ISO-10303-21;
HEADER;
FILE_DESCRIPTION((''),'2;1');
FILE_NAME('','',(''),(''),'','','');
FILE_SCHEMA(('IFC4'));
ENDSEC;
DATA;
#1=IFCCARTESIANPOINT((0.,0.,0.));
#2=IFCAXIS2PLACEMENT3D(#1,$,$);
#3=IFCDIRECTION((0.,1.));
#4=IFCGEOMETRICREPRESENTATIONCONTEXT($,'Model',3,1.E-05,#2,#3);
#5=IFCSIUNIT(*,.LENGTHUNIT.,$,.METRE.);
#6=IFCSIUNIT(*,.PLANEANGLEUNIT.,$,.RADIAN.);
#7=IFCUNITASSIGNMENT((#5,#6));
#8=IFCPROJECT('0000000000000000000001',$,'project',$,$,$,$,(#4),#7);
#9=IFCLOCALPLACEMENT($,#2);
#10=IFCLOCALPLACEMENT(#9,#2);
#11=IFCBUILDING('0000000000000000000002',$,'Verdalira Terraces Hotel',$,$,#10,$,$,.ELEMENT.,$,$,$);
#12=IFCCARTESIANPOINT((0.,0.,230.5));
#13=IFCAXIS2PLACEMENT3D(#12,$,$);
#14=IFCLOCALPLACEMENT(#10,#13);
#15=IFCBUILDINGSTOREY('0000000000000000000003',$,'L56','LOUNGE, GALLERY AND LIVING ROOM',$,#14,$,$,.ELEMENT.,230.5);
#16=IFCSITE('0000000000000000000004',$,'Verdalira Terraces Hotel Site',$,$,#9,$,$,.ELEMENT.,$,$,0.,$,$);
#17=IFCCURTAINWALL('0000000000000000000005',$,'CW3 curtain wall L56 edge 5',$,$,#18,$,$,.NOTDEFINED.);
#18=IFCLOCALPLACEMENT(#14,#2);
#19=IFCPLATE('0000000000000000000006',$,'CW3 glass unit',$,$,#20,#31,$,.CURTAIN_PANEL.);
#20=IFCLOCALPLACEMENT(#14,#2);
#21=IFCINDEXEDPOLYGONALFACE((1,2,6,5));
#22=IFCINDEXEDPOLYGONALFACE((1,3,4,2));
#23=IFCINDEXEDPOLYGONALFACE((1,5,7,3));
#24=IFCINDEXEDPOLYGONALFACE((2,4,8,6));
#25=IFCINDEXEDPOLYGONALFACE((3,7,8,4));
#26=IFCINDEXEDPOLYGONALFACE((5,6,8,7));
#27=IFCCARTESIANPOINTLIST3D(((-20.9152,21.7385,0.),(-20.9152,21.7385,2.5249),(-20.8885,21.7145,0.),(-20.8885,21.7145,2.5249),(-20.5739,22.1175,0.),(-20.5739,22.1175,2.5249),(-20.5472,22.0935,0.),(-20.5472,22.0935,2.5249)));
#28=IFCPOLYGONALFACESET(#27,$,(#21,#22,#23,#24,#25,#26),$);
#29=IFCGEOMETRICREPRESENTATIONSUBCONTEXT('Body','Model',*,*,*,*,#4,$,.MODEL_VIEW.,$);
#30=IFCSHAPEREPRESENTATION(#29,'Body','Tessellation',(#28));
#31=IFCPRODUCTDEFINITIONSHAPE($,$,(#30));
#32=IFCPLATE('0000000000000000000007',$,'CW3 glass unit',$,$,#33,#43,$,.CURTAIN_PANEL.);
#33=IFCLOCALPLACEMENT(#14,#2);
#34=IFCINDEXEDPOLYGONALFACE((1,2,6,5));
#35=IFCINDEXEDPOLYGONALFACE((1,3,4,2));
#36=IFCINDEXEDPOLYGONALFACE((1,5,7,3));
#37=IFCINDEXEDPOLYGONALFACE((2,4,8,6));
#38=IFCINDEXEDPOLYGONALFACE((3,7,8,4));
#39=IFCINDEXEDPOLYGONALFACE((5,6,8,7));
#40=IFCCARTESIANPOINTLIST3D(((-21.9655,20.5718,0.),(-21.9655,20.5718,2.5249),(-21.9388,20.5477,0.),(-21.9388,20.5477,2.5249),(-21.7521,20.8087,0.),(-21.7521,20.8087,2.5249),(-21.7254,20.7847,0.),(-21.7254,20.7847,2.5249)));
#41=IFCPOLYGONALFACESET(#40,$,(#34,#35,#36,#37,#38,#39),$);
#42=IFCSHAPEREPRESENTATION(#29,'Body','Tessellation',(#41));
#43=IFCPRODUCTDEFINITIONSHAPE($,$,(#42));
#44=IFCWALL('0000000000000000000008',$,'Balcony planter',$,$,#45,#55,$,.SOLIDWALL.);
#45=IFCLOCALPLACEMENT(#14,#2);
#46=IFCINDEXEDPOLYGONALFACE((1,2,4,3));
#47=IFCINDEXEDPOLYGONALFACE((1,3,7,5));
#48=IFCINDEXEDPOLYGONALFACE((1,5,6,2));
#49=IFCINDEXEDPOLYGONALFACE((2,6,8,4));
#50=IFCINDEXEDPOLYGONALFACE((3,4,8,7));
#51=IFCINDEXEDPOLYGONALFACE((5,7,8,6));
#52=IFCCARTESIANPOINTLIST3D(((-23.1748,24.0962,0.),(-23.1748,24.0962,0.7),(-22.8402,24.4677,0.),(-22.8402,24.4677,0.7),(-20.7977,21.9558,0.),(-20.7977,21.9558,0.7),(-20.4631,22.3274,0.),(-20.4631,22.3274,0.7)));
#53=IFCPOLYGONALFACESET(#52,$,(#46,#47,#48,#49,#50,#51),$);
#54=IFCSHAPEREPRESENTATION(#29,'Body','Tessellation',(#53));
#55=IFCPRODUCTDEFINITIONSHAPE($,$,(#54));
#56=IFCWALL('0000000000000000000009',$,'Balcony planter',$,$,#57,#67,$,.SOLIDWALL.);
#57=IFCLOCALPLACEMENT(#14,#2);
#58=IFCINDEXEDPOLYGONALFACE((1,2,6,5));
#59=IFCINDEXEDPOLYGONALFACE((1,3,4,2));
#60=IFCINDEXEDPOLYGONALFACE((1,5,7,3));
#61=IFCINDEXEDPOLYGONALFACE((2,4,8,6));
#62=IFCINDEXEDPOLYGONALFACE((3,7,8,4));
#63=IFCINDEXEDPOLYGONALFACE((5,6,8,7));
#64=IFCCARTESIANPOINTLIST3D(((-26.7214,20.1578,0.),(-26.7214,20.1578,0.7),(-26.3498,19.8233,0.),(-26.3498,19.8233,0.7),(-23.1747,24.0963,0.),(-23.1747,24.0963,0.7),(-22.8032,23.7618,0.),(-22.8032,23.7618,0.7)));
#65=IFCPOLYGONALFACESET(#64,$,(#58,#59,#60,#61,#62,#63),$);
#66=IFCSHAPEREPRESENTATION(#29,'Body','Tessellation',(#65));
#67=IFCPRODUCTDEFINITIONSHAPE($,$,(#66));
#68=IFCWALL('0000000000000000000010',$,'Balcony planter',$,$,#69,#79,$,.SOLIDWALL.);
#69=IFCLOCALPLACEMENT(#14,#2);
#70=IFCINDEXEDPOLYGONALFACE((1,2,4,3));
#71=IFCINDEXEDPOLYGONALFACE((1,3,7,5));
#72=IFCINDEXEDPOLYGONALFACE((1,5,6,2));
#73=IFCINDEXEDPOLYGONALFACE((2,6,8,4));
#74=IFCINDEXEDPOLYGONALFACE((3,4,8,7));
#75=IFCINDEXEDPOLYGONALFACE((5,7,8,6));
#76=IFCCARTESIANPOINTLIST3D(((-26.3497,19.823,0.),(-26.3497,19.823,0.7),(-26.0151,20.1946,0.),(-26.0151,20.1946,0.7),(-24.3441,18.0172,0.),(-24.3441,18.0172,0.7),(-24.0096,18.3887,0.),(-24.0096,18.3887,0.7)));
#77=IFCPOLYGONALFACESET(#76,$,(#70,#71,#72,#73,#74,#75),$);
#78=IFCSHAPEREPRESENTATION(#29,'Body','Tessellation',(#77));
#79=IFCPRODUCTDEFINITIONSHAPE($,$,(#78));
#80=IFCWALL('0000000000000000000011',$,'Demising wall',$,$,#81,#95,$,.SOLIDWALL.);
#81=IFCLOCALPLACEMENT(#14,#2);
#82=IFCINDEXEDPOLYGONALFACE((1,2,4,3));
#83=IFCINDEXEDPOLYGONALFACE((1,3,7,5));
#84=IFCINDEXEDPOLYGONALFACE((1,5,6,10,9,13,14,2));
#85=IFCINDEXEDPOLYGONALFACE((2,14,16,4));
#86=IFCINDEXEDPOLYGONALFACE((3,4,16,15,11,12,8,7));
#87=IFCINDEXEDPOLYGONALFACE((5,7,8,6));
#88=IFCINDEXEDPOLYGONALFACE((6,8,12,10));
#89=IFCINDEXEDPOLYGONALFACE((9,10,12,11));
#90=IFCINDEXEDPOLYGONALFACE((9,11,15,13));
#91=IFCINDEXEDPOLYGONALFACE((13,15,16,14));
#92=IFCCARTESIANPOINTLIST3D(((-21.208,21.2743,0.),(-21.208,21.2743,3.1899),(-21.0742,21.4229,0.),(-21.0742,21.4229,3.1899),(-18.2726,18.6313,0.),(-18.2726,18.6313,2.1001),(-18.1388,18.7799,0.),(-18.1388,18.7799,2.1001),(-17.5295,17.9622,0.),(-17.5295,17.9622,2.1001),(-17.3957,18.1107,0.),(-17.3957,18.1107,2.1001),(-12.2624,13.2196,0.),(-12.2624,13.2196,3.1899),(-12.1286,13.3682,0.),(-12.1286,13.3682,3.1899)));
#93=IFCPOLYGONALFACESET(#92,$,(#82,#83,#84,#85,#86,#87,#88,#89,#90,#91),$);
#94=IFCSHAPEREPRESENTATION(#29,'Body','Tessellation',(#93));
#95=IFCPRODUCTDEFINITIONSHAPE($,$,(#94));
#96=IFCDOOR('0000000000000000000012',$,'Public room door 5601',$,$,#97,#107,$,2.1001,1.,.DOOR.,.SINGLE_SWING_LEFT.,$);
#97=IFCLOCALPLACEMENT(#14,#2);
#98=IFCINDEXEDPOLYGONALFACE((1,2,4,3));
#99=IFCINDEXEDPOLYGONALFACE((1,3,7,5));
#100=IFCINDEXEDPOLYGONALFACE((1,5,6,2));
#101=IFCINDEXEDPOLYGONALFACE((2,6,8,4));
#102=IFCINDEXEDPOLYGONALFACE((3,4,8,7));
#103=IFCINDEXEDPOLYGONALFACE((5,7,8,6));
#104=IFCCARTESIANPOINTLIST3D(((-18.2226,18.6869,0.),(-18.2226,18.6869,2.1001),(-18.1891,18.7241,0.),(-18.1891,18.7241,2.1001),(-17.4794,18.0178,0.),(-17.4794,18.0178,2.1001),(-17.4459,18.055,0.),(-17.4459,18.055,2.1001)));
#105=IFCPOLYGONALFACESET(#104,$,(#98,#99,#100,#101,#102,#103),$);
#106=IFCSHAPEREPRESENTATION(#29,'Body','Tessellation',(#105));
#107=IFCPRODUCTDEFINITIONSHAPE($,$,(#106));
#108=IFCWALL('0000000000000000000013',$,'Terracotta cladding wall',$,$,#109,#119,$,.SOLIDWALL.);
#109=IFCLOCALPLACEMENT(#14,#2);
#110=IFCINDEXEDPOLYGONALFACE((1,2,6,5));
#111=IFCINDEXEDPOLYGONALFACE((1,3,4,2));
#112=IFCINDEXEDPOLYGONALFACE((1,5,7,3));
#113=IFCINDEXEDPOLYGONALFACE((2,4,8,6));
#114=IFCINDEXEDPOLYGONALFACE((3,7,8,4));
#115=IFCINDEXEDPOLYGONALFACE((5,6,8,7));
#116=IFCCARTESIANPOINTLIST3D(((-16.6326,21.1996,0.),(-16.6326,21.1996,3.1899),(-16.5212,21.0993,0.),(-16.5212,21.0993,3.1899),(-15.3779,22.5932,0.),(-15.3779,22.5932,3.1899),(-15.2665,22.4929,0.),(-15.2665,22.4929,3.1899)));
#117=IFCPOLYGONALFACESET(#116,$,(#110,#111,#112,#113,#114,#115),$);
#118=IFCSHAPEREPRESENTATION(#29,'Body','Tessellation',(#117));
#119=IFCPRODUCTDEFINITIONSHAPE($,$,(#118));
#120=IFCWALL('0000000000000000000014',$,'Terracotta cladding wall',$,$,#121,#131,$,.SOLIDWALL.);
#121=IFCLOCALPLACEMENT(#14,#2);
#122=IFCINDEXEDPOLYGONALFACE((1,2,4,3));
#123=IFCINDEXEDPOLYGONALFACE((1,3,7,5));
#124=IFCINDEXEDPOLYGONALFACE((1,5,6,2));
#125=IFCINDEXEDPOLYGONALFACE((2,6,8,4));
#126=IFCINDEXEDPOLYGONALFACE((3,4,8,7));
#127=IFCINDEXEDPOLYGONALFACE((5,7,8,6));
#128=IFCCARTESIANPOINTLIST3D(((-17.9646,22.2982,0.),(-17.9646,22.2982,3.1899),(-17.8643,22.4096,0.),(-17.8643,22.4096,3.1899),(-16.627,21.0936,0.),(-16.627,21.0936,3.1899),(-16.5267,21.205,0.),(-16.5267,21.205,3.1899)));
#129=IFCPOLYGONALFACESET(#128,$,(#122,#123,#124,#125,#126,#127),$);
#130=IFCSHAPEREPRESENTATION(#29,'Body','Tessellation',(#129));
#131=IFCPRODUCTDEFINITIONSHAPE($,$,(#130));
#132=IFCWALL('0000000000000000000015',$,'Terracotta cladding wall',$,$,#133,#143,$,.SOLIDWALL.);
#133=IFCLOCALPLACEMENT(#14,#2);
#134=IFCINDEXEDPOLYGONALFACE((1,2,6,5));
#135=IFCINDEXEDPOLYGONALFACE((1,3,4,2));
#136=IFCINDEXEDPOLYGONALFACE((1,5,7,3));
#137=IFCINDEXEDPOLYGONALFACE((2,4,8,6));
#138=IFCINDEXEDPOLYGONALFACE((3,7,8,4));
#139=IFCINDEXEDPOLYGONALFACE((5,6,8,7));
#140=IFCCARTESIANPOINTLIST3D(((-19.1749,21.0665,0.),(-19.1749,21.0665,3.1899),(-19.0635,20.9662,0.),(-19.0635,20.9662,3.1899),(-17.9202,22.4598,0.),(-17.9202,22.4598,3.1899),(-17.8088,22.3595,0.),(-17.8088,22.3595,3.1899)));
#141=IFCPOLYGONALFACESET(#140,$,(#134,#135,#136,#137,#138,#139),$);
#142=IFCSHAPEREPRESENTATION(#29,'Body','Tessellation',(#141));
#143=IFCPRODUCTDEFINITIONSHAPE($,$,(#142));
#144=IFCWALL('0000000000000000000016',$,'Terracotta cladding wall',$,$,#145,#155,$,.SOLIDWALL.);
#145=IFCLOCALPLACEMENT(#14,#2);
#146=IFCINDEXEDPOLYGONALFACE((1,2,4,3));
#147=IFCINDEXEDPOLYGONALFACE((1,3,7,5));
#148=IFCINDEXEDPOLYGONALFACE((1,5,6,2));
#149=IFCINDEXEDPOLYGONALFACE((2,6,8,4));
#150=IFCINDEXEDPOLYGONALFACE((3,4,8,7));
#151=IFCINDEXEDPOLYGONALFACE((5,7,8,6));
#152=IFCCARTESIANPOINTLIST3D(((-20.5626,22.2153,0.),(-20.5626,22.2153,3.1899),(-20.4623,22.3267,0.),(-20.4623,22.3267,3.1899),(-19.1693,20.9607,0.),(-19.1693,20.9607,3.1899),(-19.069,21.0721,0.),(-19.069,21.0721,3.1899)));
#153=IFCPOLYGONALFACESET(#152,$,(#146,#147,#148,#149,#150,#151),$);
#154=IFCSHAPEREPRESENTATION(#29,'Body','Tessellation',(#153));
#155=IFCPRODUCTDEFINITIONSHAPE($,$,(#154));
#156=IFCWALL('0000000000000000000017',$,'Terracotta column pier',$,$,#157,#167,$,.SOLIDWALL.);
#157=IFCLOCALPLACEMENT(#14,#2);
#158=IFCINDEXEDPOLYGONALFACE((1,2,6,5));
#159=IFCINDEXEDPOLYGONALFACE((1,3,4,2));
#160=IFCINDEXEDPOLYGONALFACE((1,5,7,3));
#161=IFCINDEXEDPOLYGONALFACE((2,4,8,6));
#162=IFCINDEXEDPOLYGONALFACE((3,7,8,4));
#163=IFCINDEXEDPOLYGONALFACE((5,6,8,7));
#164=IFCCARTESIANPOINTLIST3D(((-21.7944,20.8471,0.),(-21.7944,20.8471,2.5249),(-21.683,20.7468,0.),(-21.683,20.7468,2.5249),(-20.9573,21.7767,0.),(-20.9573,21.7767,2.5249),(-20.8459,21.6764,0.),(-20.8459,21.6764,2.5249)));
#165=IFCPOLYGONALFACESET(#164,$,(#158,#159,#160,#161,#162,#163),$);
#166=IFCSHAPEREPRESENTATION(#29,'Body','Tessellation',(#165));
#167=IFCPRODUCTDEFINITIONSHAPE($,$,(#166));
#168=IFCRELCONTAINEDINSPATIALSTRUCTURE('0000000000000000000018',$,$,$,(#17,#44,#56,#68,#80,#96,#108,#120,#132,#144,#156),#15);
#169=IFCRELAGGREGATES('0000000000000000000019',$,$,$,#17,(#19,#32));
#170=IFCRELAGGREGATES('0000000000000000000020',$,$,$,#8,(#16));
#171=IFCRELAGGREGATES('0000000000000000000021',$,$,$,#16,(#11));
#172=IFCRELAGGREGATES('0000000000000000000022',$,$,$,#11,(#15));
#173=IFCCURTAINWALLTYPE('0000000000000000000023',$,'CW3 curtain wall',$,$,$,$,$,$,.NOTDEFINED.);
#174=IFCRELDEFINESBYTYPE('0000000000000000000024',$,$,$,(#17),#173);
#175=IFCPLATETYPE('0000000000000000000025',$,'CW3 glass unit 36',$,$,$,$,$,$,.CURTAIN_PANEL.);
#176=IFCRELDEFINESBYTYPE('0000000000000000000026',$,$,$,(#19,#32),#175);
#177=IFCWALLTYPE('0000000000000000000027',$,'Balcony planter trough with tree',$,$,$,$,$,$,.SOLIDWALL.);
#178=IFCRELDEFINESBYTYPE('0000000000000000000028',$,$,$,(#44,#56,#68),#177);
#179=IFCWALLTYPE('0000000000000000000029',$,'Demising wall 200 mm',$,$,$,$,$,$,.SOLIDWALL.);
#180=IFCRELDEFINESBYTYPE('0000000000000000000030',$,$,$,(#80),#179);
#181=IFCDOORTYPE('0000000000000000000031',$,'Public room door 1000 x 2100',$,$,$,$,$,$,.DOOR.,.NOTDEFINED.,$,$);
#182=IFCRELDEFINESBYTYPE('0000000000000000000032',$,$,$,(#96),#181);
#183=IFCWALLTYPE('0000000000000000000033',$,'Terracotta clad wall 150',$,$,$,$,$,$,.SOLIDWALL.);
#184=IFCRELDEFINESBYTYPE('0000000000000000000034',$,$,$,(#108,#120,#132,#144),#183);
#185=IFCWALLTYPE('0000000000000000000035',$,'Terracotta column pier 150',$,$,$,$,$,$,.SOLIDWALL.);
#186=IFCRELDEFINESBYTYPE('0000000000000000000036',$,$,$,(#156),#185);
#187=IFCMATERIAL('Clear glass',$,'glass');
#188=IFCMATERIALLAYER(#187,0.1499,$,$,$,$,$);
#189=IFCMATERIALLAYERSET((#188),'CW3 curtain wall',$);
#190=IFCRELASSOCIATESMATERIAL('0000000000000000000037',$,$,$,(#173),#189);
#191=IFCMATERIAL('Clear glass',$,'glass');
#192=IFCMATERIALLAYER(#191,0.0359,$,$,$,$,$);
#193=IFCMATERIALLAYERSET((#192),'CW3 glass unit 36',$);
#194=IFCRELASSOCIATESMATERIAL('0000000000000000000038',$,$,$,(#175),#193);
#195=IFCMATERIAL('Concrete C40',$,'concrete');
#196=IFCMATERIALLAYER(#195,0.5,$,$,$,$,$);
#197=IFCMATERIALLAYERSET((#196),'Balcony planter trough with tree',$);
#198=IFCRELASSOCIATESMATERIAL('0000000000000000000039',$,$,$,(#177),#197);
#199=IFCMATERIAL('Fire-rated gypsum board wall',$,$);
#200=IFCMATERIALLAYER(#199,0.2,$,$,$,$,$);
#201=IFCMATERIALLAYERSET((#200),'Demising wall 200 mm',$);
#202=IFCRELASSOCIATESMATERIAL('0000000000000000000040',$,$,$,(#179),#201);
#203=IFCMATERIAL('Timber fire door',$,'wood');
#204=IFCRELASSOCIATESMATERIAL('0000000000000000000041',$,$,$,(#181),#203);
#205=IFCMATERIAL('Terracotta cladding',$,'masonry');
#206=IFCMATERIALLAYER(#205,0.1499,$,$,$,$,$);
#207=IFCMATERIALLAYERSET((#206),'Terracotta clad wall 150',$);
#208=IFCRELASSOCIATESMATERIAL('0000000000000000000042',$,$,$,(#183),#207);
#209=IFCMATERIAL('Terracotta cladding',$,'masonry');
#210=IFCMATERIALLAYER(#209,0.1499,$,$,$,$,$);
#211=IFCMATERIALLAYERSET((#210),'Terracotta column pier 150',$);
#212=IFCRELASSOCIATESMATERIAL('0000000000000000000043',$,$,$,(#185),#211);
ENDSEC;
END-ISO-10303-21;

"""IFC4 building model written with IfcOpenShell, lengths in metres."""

from ifc_helpers import new_model, si_unit, direction, frame, frame_2d, origin, origin_2d, place, context, subcontext, project, spatial, rectangle, extrude, material, layer, layer_set, type_object, element, fill, aggregate, save


model = new_model("IFC4")

# Units and contexts
model_context = context("Model", 3, precision=1e-05, world=origin(), true_north=direction((0.0, 1.0)))
body_context = subcontext(model_context, "Body", "Model", "MODEL_VIEW")
ifc_project = project(units=[si_unit("LENGTHUNIT", "METRE"), si_unit("PLANEANGLEUNIT", "RADIAN")], contexts=[model_context])

# Site, building, storey
site_placement = place(None, origin())
site = spatial("IfcSite", under=ifc_project, at=site_placement, Name="Verdalira Terraces Hotel Site", CompositionType="ELEMENT", RefElevation=0.0)
building_placement = place(site_placement, origin())
building = spatial("IfcBuilding", under=site, at=building_placement, Name="Verdalira Terraces Hotel", CompositionType="ELEMENT")
storey_placement = place(building_placement, frame((0.0, 0.0, 230.5)))
storey = spatial("IfcBuildingStorey", under=building, at=storey_placement, Name="L56", Description="LOUNGE, GALLERY AND LIVING ROOM", CompositionType="ELEMENT", Elevation=230.5)

# Curtain wall
ifc_material_1 = material(Name="Clear glass", Category="glass")
ifc_layer_1 = layer(ifc_material_1, 0.1499)
ifc_layer_set_1 = layer_set([ifc_layer_1], Name="CW3 curtain wall")
curtain_wall_type_1 = type_object("IfcCurtainWallType", Name="CW3 curtain wall", PredefinedType="NOTDEFINED", material=ifc_layer_set_1)
curtain_wall_1_placement = place(storey_placement, origin())
curtain_wall_1 = element("IfcCurtainWall", 1, at=curtain_wall_1_placement, inside=storey, type_object=curtain_wall_type_1, Name="CW3 curtain wall L56 edge 5", PredefinedType="NOTDEFINED")

# Plates
ifc_material_2 = material(Name="Clear glass", Category="glass")
ifc_layer_2 = layer(ifc_material_2, 0.0359)
ifc_layer_set_2 = layer_set([ifc_layer_2], Name="CW3 glass unit 36")
plate_type_1 = type_object("IfcPlateType", Name="CW3 glass unit 36", PredefinedType="CURTAIN_PANEL", material=ifc_layer_set_2)
plate_1_placement = place(storey_placement, frame((-20.7312, 21.916, 0.0), z_axis=(0.0, 0.0, 1.0), x_axis=(-0.669131, -0.743145, 0.0)))
plate_1 = element("IfcPlate", 2, at=plate_1_placement, type_object=plate_type_1, Name="CW3 glass unit", PredefinedType="CURTAIN_PANEL", context=body_context, shape_type="SweptSolid", body=[
    extrude(rectangle(XDim=0.51, YDim=0.0359, at=origin_2d()), origin(), (0.0, 0.0, 1.0), 2.5249),
])
plate_2_placement = place(storey_placement, frame((-21.8455, 20.6782, 0.0), z_axis=(0.0, 0.0, 1.0), x_axis=(-0.669131, -0.743145, 0.0)))
plate_2 = element("IfcPlate", 3, at=plate_2_placement, type_object=plate_type_1, Name="CW3 glass unit", PredefinedType="CURTAIN_PANEL", context=body_context, shape_type="SweptSolid", body=[
    extrude(rectangle(XDim=0.3188, YDim=0.0359, at=origin_2d()), origin(), (0.0, 0.0, 1.0), 2.5249),
])
aggregate(curtain_wall_1, [plate_1, plate_2])

# Walls
ifc_material_3 = material(Name="Concrete C40", Category="concrete")
ifc_layer_3 = layer(ifc_material_3, 0.5)
ifc_layer_set_3 = layer_set([ifc_layer_3], Name="Balcony planter trough with tree")
wall_type_1 = type_object("IfcWallType", Name="Balcony planter trough with tree", PredefinedType="SOLIDWALL", material=ifc_layer_set_3)
wall_1_placement = place(storey_placement, frame((-20.6304, 22.1416, 0.0), z_axis=(0.0, 0.0, 1.0), x_axis=(-0.743154, 0.669121, 0.0)))
element("IfcWall", 4, at=wall_1_placement, inside=storey, type_object=wall_type_1, Name="Balcony planter", PredefinedType="SOLIDWALL", context=body_context, shape_type="SweptSolid", body=[
    extrude(rectangle(XDim=3.1987, YDim=0.5, at=frame_2d((1.5994, 0.0))), origin(), (0.0, 0.0, 1.0), 0.7),
])
wall_2_placement = place(storey_placement, frame((-22.989, 23.929, 0.0), z_axis=(0.0, 0.0, 1.0), x_axis=(-0.669173, -0.743106, 0.0)))
element("IfcWall", 5, at=wall_2_placement, inside=storey, type_object=wall_type_1, Name="Balcony planter", PredefinedType="SOLIDWALL", context=body_context, shape_type="SweptSolid", body=[
    extrude(rectangle(XDim=5.3, YDim=0.5, at=frame_2d((2.6499, 0.0))), origin(), (0.0, 0.0, 1.0), 0.7),
])
wall_3_placement = place(storey_placement, frame((-26.1824, 20.0088, 0.0), z_axis=(0.0, 0.0, 1.0), x_axis=(0.743137, -0.66914, 0.0)))
element("IfcWall", 6, at=wall_3_placement, inside=storey, type_object=wall_type_1, Name="Balcony planter", PredefinedType="SOLIDWALL", context=body_context, shape_type="SweptSolid", body=[
    extrude(rectangle(XDim=2.6987, YDim=0.5, at=frame_2d((1.3494, 0.0))), origin(), (0.0, 0.0, 1.0), 0.7),
])

# Wall, opening, door
ifc_material_4 = material(Name="Fire-rated gypsum board wall")
ifc_layer_4 = layer(ifc_material_4, 0.2)
ifc_layer_set_4 = layer_set([ifc_layer_4], Name="Demising wall 200 mm")
wall_type_2 = type_object("IfcWallType", Name="Demising wall 200 mm", PredefinedType="SOLIDWALL", material=ifc_layer_set_4)
wall_4_placement = place(storey_placement, frame((-21.1411, 21.3486, 0.0), z_axis=(0.0, 0.0, 1.0), x_axis=(0.743142, -0.669134, 0.0)))
wall_4 = element("IfcWall", 7, at=wall_4_placement, inside=storey, type_object=wall_type_2, Name="Demising wall", PredefinedType="SOLIDWALL", context=body_context, shape_type="SweptSolid", body=[
    extrude(rectangle(XDim=12.0376, YDim=0.2, at=frame_2d((6.0188, 0.0))), origin(), (0.0, 0.0, 1.0), 3.1899),
])
opening_1_placement = place(wall_4_placement, frame((3.95, 0.0, 0.0)))
opening_1 = element("IfcOpeningElement", 8, at=opening_1_placement, cuts=wall_4, PredefinedType="OPENING", context=body_context, shape_type="SweptSolid", body=[
    extrude(rectangle(XDim=1.0, YDim=2.1001, at=frame_2d((0.5, 1.05))), frame((0.0, 0.1099, 0.0), z_axis=(0.0, -1.0, 0.0), x_axis=(1.0, 0.0, 0.0)), (0.0, 0.0, 1.0), 0.22),
])
ifc_material_5 = material(Name="Timber fire door", Category="wood")
door_type_1 = type_object("IfcDoorType", Name="Public room door 1000 x 2100", OperationType="NOTDEFINED", PredefinedType="DOOR", material=ifc_material_5)
door_1_placement = place(opening_1_placement, origin())
door_1 = element("IfcDoor", 9, at=door_1_placement, inside=storey, type_object=door_type_1, Name="Public room door 5601", OperationType="SINGLE_SWING_LEFT", OverallHeight=2.1001, OverallWidth=1.0, PredefinedType="DOOR", context=body_context, shape_type="SweptSolid", body=[
    extrude(rectangle(XDim=1.0, YDim=2.1001, at=frame_2d((0.5, 1.05))), frame((0.0, 0.0249, 0.0), z_axis=(0.0, -1.0, 0.0), x_axis=(1.0, 0.0, 0.0)), (0.0, 0.0, 1.0), 0.05),
])
fill(opening_1, door_1)

# Walls
ifc_material_6 = material(Name="Terracotta cladding", Category="masonry")
ifc_layer_5 = layer(ifc_material_6, 0.1499)
ifc_layer_set_5 = layer_set([ifc_layer_5], Name="Terracotta clad wall 150")
wall_type_3 = type_object("IfcWallType", Name="Terracotta clad wall 150", PredefinedType="SOLIDWALL", material=ifc_layer_set_5)
wall_5_placement = place(storey_placement, frame((-15.3223, 22.543, 0.0), z_axis=(0.0, 0.0, 1.0), x_axis=(-0.669094, -0.743178, 0.0)))
element("IfcWall", 10, at=wall_5_placement, inside=storey, type_object=wall_type_3, Name="Terracotta cladding wall", PredefinedType="SOLIDWALL", context=body_context, shape_type="SweptSolid", body=[
    extrude(rectangle(XDim=1.8752, YDim=0.1499, at=frame_2d((0.9375, 0.0))), origin(), (0.0, 0.0, 1.0), 3.1899),
])
wall_6_placement = place(storey_placement, frame((-16.5769, 21.1494, 0.0), z_axis=(0.0, 0.0, 1.0), x_axis=(-0.743099, 0.669182, 0.0)))
element("IfcWall", 11, at=wall_6_placement, inside=storey, type_object=wall_type_3, Name="Terracotta cladding wall", PredefinedType="SOLIDWALL", context=body_context, shape_type="SweptSolid", body=[
    extrude(rectangle(XDim=1.8, YDim=0.1499, at=frame_2d((0.8999, 0.0))), origin(), (0.0, 0.0, 1.0), 3.1899),
])
for number, where, z_axis, x_axis, name in (
    (12, (-17.8645, 22.4097, 0.0), (0.0, 0.0, 1.0), (-0.669159, -0.743119, 0.0), "Terracotta cladding wall"),
    (13, (-19.1191, 21.0164, 0.0), (0.0, 0.0, 1.0), (-0.743119, 0.669159, 0.0), "Terracotta cladding wall"),
):
    element("IfcWall", number, at=place(storey_placement, frame(where, z_axis=z_axis, x_axis=x_axis)), inside=storey, type_object=wall_type_3, Name=name, PredefinedType="SOLIDWALL", context=body_context, shape_type="SweptSolid", body=[
        extrude(rectangle(XDim=1.875, YDim=0.1499, at=frame_2d((0.9375, 0.0))), origin(), (0.0, 0.0, 1.0), 3.1899),
    ])
ifc_material_7 = material(Name="Terracotta cladding", Category="masonry")
ifc_layer_6 = layer(ifc_material_7, 0.1499)
ifc_layer_set_6 = layer_set([ifc_layer_6], Name="Terracotta column pier 150")
wall_type_4 = type_object("IfcWallType", Name="Terracotta column pier 150", PredefinedType="SOLIDWALL", material=ifc_layer_set_6)
wall_7_placement = place(storey_placement, frame((-20.9016, 21.7266, 0.0), z_axis=(0.0, 0.0, 1.0), x_axis=(-0.669159, -0.743119, 0.0)))
element("IfcWall", 14, at=wall_7_placement, inside=storey, type_object=wall_type_4, Name="Terracotta column pier", PredefinedType="SOLIDWALL", context=body_context, shape_type="SweptSolid", body=[
    extrude(rectangle(XDim=1.251, YDim=0.1499, at=frame_2d((0.6255, 0.0))), origin(), (0.0, 0.0, 1.0), 2.5249),
])

save(model, "model.ifc")
